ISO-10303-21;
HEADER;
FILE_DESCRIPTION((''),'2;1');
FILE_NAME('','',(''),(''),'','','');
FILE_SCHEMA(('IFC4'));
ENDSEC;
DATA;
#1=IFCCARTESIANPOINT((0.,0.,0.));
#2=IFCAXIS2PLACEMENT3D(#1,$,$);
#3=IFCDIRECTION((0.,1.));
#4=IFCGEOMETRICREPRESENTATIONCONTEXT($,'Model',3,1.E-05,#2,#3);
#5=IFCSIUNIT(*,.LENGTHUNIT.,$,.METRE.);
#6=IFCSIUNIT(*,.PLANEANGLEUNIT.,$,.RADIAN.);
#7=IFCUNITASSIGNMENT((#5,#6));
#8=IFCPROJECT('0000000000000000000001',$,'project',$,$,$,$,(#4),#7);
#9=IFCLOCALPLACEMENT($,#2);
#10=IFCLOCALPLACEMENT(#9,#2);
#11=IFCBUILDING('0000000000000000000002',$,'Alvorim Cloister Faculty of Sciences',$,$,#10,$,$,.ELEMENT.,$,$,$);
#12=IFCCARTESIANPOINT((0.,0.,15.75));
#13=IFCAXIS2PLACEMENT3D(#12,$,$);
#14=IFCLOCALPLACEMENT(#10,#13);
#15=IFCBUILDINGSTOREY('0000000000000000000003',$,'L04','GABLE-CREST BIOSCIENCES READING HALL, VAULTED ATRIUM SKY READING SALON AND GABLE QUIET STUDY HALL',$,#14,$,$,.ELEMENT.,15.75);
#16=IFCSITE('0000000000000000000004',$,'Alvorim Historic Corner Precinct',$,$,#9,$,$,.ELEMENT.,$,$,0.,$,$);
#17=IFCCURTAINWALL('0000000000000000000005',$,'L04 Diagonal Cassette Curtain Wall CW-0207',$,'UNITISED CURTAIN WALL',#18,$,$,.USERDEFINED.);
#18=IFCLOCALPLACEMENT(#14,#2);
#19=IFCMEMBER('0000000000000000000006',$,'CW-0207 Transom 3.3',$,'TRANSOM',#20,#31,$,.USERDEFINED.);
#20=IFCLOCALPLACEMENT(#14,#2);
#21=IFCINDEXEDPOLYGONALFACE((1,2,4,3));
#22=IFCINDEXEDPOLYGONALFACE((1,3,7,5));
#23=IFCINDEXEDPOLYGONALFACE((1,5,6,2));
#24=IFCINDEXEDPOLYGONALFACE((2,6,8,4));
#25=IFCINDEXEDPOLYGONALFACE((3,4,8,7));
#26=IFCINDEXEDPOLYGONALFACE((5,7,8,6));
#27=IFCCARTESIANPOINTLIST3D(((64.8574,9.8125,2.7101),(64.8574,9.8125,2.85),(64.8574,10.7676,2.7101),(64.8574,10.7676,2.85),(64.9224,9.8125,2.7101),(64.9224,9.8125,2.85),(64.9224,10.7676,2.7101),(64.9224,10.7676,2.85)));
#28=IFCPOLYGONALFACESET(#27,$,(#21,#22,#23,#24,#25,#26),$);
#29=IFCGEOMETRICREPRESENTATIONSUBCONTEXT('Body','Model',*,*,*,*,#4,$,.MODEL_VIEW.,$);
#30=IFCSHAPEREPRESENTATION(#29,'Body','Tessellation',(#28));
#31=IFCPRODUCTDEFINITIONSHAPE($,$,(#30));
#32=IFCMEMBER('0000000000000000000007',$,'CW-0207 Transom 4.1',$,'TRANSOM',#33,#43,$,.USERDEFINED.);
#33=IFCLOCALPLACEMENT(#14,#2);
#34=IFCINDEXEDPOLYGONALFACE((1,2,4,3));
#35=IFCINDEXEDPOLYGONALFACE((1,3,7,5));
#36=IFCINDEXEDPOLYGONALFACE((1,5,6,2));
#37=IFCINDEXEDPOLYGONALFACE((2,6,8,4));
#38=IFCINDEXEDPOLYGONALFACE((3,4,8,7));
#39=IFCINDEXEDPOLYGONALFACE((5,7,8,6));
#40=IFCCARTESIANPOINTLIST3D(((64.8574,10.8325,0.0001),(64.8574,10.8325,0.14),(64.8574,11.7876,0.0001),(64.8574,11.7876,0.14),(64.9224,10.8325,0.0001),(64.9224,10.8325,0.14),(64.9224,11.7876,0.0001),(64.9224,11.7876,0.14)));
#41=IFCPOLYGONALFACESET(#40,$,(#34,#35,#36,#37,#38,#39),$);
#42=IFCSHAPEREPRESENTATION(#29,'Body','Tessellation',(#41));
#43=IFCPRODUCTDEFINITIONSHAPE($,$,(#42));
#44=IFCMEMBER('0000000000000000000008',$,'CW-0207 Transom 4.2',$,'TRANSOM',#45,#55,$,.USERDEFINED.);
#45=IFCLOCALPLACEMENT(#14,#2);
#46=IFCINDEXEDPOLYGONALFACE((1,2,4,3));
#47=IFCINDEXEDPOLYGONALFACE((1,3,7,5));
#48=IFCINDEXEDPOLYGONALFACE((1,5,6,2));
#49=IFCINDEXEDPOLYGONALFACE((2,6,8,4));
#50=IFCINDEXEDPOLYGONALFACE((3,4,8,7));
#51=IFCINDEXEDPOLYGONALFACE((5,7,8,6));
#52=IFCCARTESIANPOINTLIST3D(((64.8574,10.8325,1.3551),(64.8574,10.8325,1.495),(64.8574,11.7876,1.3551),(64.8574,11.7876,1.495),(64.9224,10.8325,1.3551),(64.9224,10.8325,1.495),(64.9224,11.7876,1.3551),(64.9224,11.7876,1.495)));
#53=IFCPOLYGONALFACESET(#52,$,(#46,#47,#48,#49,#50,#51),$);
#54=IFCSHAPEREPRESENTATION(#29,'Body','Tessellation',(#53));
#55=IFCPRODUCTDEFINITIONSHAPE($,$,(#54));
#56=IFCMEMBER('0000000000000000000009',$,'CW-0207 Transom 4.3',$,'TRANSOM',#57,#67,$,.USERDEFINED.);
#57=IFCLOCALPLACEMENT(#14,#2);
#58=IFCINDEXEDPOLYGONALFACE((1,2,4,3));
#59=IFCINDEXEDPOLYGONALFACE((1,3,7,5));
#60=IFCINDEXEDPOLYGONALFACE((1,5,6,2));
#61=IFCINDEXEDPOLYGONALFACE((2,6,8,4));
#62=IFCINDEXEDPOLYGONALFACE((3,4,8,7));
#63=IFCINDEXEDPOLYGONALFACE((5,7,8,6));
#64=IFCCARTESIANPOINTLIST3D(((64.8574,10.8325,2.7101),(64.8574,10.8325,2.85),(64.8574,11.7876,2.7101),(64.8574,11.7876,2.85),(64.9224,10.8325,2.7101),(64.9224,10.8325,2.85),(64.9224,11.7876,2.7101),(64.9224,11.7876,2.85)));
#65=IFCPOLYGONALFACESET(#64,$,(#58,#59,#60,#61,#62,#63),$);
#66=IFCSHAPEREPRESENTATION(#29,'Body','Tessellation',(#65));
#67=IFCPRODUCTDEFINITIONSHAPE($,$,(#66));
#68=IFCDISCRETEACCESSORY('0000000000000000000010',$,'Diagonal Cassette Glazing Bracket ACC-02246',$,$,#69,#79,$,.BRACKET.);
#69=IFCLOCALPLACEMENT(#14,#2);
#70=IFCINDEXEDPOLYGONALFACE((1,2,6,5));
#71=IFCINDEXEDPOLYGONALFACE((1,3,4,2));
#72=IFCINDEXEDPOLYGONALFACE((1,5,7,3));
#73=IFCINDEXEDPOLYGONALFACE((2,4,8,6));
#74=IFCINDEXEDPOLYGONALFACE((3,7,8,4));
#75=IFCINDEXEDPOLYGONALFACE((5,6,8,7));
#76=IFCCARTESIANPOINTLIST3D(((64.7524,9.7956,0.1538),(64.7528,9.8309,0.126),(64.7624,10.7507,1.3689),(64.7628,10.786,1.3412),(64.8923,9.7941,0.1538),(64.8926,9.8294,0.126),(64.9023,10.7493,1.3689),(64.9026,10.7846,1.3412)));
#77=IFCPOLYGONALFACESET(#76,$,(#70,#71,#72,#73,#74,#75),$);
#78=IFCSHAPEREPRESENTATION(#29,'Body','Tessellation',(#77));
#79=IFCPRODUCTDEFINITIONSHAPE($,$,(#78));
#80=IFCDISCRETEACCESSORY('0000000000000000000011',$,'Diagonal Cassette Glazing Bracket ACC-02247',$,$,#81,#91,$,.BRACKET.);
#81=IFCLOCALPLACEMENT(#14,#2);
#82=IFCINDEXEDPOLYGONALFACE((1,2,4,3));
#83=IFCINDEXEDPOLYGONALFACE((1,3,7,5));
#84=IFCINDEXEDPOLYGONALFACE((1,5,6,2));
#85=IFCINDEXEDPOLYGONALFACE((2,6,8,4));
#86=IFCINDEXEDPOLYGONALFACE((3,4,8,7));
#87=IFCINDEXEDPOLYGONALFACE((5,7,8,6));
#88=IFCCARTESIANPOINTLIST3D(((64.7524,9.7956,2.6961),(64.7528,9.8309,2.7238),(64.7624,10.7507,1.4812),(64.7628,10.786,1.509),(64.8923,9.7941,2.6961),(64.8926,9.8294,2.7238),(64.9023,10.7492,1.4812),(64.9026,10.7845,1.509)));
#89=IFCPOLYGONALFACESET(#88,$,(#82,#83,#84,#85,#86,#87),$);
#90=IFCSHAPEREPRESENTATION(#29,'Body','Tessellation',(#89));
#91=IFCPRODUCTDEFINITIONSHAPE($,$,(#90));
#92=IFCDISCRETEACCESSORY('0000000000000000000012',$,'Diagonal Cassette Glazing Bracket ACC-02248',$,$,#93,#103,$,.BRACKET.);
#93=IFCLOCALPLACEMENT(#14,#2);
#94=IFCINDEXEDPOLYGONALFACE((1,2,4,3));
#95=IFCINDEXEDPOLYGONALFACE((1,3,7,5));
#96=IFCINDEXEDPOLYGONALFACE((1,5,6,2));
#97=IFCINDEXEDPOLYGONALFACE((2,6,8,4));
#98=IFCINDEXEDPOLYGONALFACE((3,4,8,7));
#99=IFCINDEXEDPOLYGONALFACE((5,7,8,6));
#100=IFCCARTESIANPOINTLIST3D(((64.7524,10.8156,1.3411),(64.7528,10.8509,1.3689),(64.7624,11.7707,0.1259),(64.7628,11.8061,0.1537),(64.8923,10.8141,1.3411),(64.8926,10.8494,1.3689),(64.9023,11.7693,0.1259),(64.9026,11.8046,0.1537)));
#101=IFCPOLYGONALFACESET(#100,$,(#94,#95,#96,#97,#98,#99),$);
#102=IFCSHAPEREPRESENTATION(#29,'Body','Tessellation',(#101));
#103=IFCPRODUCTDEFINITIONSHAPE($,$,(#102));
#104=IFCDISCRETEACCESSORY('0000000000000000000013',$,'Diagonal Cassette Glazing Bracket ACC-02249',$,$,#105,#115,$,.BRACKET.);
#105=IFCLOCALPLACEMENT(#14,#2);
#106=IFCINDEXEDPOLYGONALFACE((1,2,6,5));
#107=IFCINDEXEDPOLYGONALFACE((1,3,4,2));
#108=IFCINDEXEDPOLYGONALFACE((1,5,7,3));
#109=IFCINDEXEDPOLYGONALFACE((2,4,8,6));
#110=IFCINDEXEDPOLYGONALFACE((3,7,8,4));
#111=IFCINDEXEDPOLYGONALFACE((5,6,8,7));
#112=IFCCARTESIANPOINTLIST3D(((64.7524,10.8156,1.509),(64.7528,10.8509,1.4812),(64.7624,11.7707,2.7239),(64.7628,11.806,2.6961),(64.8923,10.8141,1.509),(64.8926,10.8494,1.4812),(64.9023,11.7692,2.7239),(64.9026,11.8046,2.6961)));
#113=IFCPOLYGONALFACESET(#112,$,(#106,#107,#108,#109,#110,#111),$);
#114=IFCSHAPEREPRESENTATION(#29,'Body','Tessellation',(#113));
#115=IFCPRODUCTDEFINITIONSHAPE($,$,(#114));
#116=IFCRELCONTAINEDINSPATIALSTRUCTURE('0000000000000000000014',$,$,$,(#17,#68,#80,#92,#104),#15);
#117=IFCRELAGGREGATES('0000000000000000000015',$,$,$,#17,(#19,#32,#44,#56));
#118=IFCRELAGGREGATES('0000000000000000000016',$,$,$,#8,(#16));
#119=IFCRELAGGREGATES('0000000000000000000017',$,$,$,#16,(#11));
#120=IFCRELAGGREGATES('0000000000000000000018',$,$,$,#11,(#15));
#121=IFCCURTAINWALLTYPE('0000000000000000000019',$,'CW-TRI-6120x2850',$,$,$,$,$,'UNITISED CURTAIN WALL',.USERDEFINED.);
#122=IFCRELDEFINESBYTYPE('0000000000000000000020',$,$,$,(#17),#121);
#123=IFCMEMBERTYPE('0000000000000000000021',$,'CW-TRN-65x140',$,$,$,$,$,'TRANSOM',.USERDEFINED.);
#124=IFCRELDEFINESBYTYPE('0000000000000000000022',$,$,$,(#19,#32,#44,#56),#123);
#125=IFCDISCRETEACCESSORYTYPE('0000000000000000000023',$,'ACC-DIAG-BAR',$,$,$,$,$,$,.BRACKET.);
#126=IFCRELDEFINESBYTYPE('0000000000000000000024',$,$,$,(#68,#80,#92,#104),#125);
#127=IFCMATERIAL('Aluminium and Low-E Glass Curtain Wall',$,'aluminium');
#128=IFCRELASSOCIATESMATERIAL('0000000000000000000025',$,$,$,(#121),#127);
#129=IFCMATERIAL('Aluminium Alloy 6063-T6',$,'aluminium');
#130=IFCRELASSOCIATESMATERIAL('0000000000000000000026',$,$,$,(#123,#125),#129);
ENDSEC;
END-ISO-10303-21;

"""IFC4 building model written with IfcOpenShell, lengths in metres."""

from ifc_helpers import new_model, si_unit, direction, frame, origin, origin_2d, place, context, subcontext, project, spatial, rectangle, extrude, material, material_profile, profile_set, type_object, element, aggregate, save


model = new_model("IFC4")

# Units and contexts
model_context = context("Model", 3, precision=1e-05, world=origin(), true_north=direction((0.0, 1.0)))
body_context = subcontext(model_context, "Body", "Model", "MODEL_VIEW")
ifc_project = project(units=[si_unit("LENGTHUNIT", "METRE"), si_unit("PLANEANGLEUNIT", "RADIAN")], contexts=[model_context])

# Site, building, storey
site_placement = place(None, origin())
site = spatial("IfcSite", under=ifc_project, at=site_placement, Name="Alvorim Historic Corner Precinct", CompositionType="ELEMENT", RefElevation=0.0)
building_placement = place(site_placement, origin())
building = spatial("IfcBuilding", under=site, at=building_placement, Name="Alvorim Cloister Faculty of Sciences", CompositionType="ELEMENT")
storey_placement = place(building_placement, frame((0.0, 0.0, 15.75)))
storey = spatial("IfcBuildingStorey", under=building, at=storey_placement, Name="L04", Description="GABLE-CREST BIOSCIENCES READING HALL, VAULTED ATRIUM SKY READING SALON AND GABLE QUIET STUDY HALL", CompositionType="ELEMENT", Elevation=15.75)

# Shared definitions
ifc_material_1 = material(Name="Aluminium and Low-E Glass Curtain Wall", Category="aluminium")
ifc_material_2 = material(Name="Aluminium Alloy 6063-T6", Category="aluminium")

# Curtain wall
curtain_wall_type_1 = type_object("IfcCurtainWallType", Name="CW-TRI-6120x2850", ElementType="UNITISED CURTAIN WALL", PredefinedType="USERDEFINED", material=ifc_material_1)
curtain_wall_1_placement = place(storey_placement, origin())
curtain_wall_1 = element("IfcCurtainWall", 1, at=curtain_wall_1_placement, inside=storey, type_object=curtain_wall_type_1, Name="L04 Diagonal Cassette Curtain Wall CW-0207", ObjectType="UNITISED CURTAIN WALL", PredefinedType="USERDEFINED")

# Members
ifc_material_profile_1 = material_profile(ifc_material_2, rectangle(XDim=0.0649, YDim=0.1399, at=origin_2d()), Name="ALU-TRN-65x140")
ifc_profile_set_1 = profile_set([ifc_material_profile_1], Name="Aluminium Alloy 6063-T6")
member_type_1 = type_object("IfcMemberType", Name="CW-TRN-65x140", ElementType="TRANSOM", PredefinedType="USERDEFINED", material=ifc_profile_set_1)
member_1_placement = place(storey_placement, frame((64.8899, 9.8125, 2.78), z_axis=(0.0, 1.0, 0.0), x_axis=(-1.0, 0.0, 0.0)))
member_1 = element("IfcMember", 2, at=member_1_placement, type_object=member_type_1, Name="CW-0207 Transom 3.3", ObjectType="TRANSOM", PredefinedType="USERDEFINED", context=body_context, shape_type="SweptSolid", body=[
    extrude(rectangle(XDim=0.0649, YDim=0.1399, at=origin_2d()), origin(), (0.0, 0.0, 1.0), 0.9551),
])
member_2_placement = place(storey_placement, frame((64.8899, 10.8325, 0.0701), z_axis=(0.0, 1.0, 0.0), x_axis=(-1.0, 0.0, 0.0)))
member_2 = element("IfcMember", 3, at=member_2_placement, type_object=member_type_1, Name="CW-0207 Transom 4.1", ObjectType="TRANSOM", PredefinedType="USERDEFINED", context=body_context, shape_type="SweptSolid", body=[
    extrude(rectangle(XDim=0.0649, YDim=0.1399, at=origin_2d()), origin(), (0.0, 0.0, 1.0), 0.9551),
])
member_3_placement = place(storey_placement, frame((64.8899, 10.8325, 1.425), z_axis=(0.0, 1.0, 0.0), x_axis=(-1.0, 0.0, 0.0)))
member_3 = element("IfcMember", 4, at=member_3_placement, type_object=member_type_1, Name="CW-0207 Transom 4.2", ObjectType="TRANSOM", PredefinedType="USERDEFINED", context=body_context, shape_type="SweptSolid", body=[
    extrude(rectangle(XDim=0.0649, YDim=0.1399, at=origin_2d()), origin(), (0.0, 0.0, 1.0), 0.9551),
])
member_4_placement = place(storey_placement, frame((64.8899, 10.8325, 2.78), z_axis=(0.0, 1.0, 0.0), x_axis=(-1.0, 0.0, 0.0)))
member_4 = element("IfcMember", 5, at=member_4_placement, type_object=member_type_1, Name="CW-0207 Transom 4.3", ObjectType="TRANSOM", PredefinedType="USERDEFINED", context=body_context, shape_type="SweptSolid", body=[
    extrude(rectangle(XDim=0.0649, YDim=0.1399, at=origin_2d()), origin(), (0.0, 0.0, 1.0), 0.9551),
])
aggregate(curtain_wall_1, [member_1, member_2, member_3, member_4])

# Discrete accessories
discrete_accessory_type = type_object("IfcDiscreteAccessoryType", Name="ACC-DIAG-BAR", PredefinedType="BRACKET", material=ifc_material_2)
discrete_accessory_1_placement = place(storey_placement, frame((64.8225, 9.8125, 0.1399), z_axis=(0.006477, 0.617955, 0.786187), x_axis=(-0.999945, 0.01048, 0.0)))
element("IfcDiscreteAccessory", 6, at=discrete_accessory_1_placement, inside=storey, type_object=discrete_accessory_type, Name="Diagonal Cassette Glazing Bracket ACC-02246", PredefinedType="BRACKET", context=body_context, shape_type="SweptSolid", body=[
    extrude(rectangle(XDim=0.1399, YDim=0.0449, at=origin_2d()), origin(), (0.0, 0.0, 1.0), 1.5457),
])
discrete_accessory_2_placement = place(storey_placement, frame((64.8225, 9.8125, 2.71), z_axis=(0.006477, 0.618032, -0.786126), x_axis=(-0.999945, 0.01048, 0.0)))
element("IfcDiscreteAccessory", 7, at=discrete_accessory_2_placement, inside=storey, type_object=discrete_accessory_type, Name="Diagonal Cassette Glazing Bracket ACC-02247", PredefinedType="BRACKET", context=body_context, shape_type="SweptSolid", body=[
    extrude(rectangle(XDim=0.1399, YDim=0.0449, at=origin_2d()), origin(), (0.0, 0.0, 1.0), 1.5454),
])
discrete_accessory_3_placement = place(storey_placement, frame((64.8225, 10.8325, 1.355), z_axis=(0.006477, 0.617955, -0.786187), x_axis=(-0.999945, 0.01048, 0.0)))
element("IfcDiscreteAccessory", 8, at=discrete_accessory_3_placement, inside=storey, type_object=discrete_accessory_type, Name="Diagonal Cassette Glazing Bracket ACC-02248", PredefinedType="BRACKET", context=body_context, shape_type="SweptSolid", body=[
    extrude(rectangle(XDim=0.1399, YDim=0.0449, at=origin_2d()), origin(), (0.0, 0.0, 1.0), 1.5457),
])
discrete_accessory_4_placement = place(storey_placement, frame((64.8225, 10.8325, 1.4951), z_axis=(0.006477, 0.618032, 0.786126), x_axis=(-0.999945, 0.01048, 0.0)))
element("IfcDiscreteAccessory", 9, at=discrete_accessory_4_placement, inside=storey, type_object=discrete_accessory_type, Name="Diagonal Cassette Glazing Bracket ACC-02249", PredefinedType="BRACKET", context=body_context, shape_type="SweptSolid", body=[
    extrude(rectangle(XDim=0.1399, YDim=0.0449, at=origin_2d()), origin(), (0.0, 0.0, 1.0), 1.5454),
])

save(model, "model.ifc")
